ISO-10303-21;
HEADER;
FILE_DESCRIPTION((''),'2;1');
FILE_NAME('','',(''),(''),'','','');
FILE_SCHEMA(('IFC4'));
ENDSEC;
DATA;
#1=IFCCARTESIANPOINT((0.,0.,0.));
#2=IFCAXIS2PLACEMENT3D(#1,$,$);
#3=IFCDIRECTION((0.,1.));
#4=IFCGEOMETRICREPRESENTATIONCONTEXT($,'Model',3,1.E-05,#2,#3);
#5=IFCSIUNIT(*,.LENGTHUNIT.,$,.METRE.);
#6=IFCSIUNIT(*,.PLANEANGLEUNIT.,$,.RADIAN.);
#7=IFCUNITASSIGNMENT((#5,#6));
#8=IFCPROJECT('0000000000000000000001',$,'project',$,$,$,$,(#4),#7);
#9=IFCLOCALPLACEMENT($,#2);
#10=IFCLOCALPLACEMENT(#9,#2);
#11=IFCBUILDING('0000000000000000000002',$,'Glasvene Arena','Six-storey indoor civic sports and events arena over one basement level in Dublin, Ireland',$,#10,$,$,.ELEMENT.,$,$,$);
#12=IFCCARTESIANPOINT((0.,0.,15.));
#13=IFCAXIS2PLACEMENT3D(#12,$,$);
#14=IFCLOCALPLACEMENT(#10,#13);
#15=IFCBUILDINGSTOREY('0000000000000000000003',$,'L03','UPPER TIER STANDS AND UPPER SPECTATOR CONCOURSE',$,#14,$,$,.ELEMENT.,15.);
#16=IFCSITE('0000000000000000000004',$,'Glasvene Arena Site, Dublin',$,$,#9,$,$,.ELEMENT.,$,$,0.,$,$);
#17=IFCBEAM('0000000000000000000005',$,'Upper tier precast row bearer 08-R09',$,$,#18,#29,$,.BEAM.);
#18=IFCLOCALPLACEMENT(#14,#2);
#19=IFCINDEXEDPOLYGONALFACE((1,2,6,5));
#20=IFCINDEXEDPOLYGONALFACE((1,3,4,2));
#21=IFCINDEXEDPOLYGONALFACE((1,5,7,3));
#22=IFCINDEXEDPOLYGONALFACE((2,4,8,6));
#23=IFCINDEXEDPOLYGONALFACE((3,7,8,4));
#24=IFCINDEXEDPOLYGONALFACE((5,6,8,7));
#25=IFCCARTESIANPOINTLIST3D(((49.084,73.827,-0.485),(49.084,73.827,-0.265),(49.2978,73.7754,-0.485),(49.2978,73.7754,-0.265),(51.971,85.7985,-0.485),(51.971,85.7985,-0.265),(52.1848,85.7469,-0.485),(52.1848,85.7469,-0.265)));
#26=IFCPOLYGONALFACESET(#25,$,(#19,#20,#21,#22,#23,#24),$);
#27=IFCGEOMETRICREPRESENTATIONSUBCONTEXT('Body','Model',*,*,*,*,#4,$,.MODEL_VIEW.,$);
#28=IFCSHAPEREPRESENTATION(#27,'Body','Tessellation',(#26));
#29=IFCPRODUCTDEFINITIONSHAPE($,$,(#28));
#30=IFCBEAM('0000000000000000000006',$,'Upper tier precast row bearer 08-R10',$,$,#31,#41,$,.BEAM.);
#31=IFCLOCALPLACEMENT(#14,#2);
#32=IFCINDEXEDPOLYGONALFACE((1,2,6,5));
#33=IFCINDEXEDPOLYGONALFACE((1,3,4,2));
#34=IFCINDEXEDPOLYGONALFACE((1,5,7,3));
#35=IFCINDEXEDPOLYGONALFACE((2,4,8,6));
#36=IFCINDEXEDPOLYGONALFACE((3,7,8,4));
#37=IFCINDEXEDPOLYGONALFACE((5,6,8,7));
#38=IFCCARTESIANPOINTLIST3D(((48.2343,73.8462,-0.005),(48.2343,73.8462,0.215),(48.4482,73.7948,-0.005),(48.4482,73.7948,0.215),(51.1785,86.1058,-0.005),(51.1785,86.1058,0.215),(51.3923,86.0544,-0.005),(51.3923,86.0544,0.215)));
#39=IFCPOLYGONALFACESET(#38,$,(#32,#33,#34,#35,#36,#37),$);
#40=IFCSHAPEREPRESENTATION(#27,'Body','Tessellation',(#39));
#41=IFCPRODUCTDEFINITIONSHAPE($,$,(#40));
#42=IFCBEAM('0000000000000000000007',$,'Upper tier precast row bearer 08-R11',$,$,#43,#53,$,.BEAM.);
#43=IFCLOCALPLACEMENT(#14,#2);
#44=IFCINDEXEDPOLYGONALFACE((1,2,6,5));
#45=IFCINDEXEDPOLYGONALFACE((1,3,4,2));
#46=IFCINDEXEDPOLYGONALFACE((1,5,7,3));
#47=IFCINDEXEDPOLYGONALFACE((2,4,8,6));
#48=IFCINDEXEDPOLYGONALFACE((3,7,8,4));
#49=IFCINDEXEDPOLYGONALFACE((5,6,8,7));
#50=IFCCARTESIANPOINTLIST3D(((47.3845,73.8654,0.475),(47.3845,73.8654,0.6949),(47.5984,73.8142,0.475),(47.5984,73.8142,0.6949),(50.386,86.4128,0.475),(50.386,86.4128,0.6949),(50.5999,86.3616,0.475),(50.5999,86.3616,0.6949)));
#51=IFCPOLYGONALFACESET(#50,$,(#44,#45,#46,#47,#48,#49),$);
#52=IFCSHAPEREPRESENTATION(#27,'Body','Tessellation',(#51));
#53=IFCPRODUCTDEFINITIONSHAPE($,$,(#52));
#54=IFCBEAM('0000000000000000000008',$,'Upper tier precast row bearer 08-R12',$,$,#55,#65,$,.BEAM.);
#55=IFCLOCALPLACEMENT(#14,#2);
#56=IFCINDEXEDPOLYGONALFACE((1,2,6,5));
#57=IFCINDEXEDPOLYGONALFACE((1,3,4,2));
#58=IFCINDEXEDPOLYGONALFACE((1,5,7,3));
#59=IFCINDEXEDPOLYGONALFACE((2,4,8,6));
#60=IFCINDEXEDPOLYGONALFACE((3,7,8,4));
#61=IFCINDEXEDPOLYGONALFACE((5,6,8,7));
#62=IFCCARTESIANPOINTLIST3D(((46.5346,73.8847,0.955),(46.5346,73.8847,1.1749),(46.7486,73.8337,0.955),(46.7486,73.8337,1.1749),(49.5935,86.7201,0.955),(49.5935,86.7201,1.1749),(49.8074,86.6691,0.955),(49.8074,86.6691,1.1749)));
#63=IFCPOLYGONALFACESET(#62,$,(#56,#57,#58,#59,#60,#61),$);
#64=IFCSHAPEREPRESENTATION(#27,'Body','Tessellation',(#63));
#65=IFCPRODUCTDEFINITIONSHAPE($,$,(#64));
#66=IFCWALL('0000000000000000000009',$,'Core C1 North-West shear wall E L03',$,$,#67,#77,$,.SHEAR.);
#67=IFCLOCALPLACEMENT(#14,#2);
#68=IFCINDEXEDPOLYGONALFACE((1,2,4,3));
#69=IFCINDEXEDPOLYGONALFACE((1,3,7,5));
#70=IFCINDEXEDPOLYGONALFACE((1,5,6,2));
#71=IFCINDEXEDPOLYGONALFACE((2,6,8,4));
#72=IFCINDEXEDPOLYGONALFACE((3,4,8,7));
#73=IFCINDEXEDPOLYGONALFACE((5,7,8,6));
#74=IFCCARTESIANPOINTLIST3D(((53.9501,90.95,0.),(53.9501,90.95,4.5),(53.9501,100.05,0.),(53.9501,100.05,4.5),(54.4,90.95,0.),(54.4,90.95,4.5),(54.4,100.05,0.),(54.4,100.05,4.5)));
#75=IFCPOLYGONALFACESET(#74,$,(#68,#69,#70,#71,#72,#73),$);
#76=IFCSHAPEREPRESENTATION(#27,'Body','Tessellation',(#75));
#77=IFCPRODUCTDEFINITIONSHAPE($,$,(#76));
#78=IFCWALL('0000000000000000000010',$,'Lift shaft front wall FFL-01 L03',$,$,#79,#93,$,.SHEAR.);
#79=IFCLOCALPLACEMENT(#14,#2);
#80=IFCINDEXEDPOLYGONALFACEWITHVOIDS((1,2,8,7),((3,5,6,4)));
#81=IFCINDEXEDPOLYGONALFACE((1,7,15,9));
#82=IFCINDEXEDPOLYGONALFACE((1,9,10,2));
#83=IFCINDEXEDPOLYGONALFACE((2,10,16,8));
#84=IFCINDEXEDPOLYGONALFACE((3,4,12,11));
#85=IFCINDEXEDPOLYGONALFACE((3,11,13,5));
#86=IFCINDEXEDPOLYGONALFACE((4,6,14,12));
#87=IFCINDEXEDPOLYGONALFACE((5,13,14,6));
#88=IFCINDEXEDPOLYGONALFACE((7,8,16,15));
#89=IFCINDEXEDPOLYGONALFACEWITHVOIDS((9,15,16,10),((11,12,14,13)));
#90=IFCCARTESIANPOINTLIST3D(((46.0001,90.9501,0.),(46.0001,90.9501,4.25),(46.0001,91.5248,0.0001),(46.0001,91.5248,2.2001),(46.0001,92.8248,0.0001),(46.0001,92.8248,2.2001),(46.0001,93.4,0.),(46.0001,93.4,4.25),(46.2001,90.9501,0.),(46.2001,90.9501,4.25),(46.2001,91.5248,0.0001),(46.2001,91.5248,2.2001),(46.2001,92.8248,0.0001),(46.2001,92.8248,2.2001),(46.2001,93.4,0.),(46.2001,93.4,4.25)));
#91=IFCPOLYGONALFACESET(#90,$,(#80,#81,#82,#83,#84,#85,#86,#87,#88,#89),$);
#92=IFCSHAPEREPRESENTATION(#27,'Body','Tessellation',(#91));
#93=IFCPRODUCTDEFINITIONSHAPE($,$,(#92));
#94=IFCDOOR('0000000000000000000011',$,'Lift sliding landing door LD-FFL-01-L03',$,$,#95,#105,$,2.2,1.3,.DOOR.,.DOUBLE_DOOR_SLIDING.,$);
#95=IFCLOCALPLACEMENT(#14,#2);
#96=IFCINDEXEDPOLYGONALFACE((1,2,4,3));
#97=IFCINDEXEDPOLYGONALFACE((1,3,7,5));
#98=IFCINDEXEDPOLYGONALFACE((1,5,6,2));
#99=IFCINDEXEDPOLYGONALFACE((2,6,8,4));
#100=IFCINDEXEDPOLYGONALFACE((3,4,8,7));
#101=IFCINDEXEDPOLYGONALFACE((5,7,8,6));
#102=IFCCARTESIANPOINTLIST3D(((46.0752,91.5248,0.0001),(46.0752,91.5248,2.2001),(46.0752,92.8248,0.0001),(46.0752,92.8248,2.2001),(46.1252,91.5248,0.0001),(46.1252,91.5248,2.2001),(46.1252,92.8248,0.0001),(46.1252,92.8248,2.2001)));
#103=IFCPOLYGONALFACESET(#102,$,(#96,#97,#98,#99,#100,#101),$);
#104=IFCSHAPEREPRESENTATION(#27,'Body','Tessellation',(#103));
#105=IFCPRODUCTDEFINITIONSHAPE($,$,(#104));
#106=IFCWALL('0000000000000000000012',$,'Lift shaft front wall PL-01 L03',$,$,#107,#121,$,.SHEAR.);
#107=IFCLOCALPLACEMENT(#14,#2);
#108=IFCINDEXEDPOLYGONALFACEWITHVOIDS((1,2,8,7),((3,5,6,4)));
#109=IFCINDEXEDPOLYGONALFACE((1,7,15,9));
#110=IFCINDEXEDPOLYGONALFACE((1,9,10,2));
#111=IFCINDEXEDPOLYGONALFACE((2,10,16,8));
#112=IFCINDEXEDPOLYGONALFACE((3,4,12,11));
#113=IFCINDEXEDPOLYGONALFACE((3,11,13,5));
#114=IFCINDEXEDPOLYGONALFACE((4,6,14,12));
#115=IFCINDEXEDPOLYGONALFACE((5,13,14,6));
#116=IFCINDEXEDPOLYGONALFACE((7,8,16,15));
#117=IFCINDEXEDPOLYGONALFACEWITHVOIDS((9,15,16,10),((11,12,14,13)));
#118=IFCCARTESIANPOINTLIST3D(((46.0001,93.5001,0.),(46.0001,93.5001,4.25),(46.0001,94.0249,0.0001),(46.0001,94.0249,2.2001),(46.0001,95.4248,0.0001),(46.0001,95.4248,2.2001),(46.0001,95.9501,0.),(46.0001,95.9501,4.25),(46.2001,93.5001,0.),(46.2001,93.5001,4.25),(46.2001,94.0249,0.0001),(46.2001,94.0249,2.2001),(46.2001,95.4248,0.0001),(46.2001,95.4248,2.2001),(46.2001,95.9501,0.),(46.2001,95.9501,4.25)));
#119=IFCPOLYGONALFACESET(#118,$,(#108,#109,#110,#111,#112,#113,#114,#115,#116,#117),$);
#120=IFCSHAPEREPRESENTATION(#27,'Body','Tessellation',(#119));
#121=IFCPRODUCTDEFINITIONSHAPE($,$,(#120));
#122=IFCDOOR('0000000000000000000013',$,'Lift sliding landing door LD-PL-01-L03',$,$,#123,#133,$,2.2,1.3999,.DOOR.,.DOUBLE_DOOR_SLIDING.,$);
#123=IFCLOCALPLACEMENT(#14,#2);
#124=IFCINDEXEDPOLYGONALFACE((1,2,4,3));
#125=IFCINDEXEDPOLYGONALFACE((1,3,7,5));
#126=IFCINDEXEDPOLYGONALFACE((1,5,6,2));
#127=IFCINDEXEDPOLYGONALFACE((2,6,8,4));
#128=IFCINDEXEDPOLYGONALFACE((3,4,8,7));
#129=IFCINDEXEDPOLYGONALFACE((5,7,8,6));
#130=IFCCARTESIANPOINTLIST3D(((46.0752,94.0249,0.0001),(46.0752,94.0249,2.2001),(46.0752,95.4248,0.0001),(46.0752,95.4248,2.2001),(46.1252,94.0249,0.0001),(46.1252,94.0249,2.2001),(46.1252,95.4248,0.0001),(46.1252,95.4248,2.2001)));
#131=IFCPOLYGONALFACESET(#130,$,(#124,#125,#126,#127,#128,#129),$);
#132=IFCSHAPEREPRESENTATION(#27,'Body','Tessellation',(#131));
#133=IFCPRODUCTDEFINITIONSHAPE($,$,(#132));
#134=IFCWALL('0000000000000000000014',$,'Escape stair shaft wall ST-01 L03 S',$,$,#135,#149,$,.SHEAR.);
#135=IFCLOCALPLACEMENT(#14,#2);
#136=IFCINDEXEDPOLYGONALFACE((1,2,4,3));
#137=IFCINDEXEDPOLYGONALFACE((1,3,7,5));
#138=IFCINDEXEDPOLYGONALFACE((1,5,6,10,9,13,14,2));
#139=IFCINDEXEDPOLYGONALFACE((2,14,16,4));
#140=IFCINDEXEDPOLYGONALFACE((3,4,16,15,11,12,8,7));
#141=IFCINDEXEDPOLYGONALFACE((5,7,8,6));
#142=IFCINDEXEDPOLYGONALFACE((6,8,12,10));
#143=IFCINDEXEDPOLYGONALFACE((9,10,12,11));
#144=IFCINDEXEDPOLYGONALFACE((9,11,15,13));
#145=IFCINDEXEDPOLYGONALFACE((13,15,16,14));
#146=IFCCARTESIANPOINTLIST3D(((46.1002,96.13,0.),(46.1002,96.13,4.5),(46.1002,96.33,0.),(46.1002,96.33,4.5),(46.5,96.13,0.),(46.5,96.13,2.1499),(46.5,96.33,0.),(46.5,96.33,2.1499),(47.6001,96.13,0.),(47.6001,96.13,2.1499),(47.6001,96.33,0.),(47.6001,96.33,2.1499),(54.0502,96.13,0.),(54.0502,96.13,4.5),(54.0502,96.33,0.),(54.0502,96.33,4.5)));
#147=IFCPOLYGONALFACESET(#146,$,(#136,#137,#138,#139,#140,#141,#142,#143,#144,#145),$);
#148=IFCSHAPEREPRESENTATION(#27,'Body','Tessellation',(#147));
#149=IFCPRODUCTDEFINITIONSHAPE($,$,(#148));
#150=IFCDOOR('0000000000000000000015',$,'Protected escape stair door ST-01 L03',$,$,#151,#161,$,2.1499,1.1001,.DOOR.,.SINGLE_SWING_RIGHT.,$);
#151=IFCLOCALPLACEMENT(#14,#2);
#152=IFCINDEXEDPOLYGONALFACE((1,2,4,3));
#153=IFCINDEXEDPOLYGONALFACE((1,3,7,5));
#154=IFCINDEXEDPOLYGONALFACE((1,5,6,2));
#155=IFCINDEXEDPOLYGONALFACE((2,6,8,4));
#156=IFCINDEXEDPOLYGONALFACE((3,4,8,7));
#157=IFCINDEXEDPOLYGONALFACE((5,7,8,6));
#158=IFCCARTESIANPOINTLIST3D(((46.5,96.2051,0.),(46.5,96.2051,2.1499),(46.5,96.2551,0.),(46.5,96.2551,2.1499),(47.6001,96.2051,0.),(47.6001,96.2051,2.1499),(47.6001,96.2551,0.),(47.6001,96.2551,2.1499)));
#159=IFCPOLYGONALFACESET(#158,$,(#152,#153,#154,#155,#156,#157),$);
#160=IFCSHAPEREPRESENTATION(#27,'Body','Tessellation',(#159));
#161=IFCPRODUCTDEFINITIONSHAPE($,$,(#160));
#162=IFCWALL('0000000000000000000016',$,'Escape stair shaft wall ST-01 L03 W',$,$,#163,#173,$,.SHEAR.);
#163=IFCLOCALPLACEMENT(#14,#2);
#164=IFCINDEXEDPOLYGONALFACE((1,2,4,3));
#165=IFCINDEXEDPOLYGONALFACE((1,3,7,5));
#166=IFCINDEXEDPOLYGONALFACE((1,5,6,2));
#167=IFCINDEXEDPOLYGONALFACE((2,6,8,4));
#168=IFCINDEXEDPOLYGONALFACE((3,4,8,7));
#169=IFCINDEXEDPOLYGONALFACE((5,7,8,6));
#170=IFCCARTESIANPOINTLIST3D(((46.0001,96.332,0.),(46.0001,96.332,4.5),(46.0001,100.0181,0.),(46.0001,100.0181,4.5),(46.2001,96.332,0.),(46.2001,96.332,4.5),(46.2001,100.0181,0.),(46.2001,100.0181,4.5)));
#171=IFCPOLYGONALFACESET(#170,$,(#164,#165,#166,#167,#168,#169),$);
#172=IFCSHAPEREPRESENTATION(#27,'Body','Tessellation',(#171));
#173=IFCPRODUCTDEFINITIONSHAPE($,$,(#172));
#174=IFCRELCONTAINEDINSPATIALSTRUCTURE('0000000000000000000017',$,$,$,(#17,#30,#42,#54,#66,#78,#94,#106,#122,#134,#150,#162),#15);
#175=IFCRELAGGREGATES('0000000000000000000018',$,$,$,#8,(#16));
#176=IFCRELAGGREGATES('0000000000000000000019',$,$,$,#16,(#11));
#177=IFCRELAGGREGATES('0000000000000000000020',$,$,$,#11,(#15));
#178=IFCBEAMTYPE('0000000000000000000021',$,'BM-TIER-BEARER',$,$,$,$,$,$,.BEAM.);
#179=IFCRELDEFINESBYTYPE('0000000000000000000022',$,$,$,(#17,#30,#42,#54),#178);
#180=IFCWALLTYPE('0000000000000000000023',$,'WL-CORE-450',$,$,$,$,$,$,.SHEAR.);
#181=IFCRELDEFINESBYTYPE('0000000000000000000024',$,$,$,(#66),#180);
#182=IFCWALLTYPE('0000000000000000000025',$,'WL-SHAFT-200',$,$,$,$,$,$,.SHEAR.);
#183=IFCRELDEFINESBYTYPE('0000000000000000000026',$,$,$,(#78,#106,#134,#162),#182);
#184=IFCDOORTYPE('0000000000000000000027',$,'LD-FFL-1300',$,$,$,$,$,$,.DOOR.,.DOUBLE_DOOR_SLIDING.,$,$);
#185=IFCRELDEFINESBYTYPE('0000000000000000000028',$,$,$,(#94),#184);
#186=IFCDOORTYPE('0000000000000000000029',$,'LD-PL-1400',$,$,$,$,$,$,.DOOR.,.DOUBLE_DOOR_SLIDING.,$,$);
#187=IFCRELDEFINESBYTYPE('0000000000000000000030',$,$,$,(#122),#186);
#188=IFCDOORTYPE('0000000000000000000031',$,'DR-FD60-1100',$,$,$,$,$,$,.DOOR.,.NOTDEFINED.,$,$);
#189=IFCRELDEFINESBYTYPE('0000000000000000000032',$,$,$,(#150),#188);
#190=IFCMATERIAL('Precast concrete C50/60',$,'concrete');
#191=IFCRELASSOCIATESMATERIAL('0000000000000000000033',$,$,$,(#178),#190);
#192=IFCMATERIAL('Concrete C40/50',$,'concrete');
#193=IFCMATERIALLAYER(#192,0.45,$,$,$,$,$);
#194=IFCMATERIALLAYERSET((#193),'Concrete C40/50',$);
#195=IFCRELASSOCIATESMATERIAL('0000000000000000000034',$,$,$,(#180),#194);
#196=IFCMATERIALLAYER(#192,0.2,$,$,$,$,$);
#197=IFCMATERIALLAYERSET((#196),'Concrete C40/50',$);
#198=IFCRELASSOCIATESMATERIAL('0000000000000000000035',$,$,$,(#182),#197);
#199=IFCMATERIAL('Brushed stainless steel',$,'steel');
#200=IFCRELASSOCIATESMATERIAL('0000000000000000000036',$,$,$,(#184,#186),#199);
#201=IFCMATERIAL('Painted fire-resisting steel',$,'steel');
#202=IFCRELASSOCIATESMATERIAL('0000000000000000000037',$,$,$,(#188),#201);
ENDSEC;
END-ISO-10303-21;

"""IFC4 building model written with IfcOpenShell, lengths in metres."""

from ifc_helpers import new_model, si_unit, direction, frame, frame_2d, origin, origin_2d, place, context, subcontext, project, spatial, rectangle, extrude, material, layer, layer_set, material_profile, profile_set, type_object, element, fill, save


model = new_model("IFC4")

# Units and contexts
model_context = context("Model", 3, precision=1e-05, world=origin(), true_north=direction((0.0, 1.0)))
body_context = subcontext(model_context, "Body", "Model", "MODEL_VIEW")
ifc_project = project(units=[si_unit("LENGTHUNIT", "METRE"), si_unit("PLANEANGLEUNIT", "RADIAN")], contexts=[model_context])

# Site, building, storey
site_placement = place(None, origin())
site = spatial("IfcSite", under=ifc_project, at=site_placement, Name="Glasvene Arena Site, Dublin", CompositionType="ELEMENT", RefElevation=0.0)
building_placement = place(site_placement, origin())
building = spatial("IfcBuilding", under=site, at=building_placement, Name="Glasvene Arena", Description="Six-storey indoor civic sports and events arena over one basement level in Dublin, Ireland", CompositionType="ELEMENT")
storey_placement = place(building_placement, frame((0.0, 0.0, 15.0)))
storey = spatial("IfcBuildingStorey", under=building, at=storey_placement, Name="L03", Description="UPPER TIER STANDS AND UPPER SPECTATOR CONCOURSE", CompositionType="ELEMENT", Elevation=15.0)

# Beams
ifc_material_1 = material(Name="Precast concrete C50/60", Category="concrete")
ifc_material_profile_1 = material_profile(ifc_material_1, rectangle(XDim=0.22, YDim=0.22, at=origin_2d()), Name="RC 220x220")
ifc_profile_set_1 = profile_set([ifc_material_profile_1], Name="Precast concrete C50/60")
beam_type_1 = type_object("IfcBeamType", Name="BM-TIER-BEARER", PredefinedType="BEAM", material=ifc_profile_set_1)
beam_1_placement = place(storey_placement, frame((52.0779, 85.7727, -0.375), z_axis=(-0.234434, -0.972132, 0.0), x_axis=(0.972132, -0.234434, 0.0)))
element("IfcBeam", 1, at=beam_1_placement, inside=storey, type_object=beam_type_1, Name="Upper tier precast row bearer 08-R09", PredefinedType="BEAM", context=body_context, shape_type="SweptSolid", body=[
    extrude(rectangle(XDim=0.22, YDim=0.22, at=origin_2d()), origin(), (0.0, 0.0, 1.0), 12.3147),
])
beam_2_placement = place(storey_placement, frame((51.2854, 86.0801, 0.105), z_axis=(-0.233508, -0.972355, 0.0), x_axis=(0.972355, -0.233508, 0.0)))
element("IfcBeam", 2, at=beam_2_placement, inside=storey, type_object=beam_type_1, Name="Upper tier precast row bearer 08-R10", PredefinedType="BEAM", context=body_context, shape_type="SweptSolid", body=[
    extrude(rectangle(XDim=0.22, YDim=0.22, at=origin_2d()), origin(), (0.0, 0.0, 1.0), 12.6082),
])
beam_3_placement = place(storey_placement, frame((50.4929, 86.3872, 0.585), z_axis=(-0.232647, -0.972561, 0.0), x_axis=(0.972561, -0.232647, 0.0)))
element("IfcBeam", 3, at=beam_3_placement, inside=storey, type_object=beam_type_1, Name="Upper tier precast row bearer 08-R11", PredefinedType="BEAM", context=body_context, shape_type="SweptSolid", body=[
    extrude(rectangle(XDim=0.22, YDim=0.22, at=origin_2d()), origin(), (0.0, 0.0, 1.0), 12.9014),
])
beam_4_placement = place(storey_placement, frame((49.7004, 86.6946, 1.0649), z_axis=(-0.23182, -0.972759, 0.0), x_axis=(0.972759, -0.23182, 0.0)))
element("IfcBeam", 4, at=beam_4_placement, inside=storey, type_object=beam_type_1, Name="Upper tier precast row bearer 08-R12", PredefinedType="BEAM", context=body_context, shape_type="SweptSolid", body=[
    extrude(rectangle(XDim=0.22, YDim=0.22, at=origin_2d()), origin(), (0.0, 0.0, 1.0), 13.1948),
])

# Shared definitions
ifc_material_2 = material(Name="Concrete C40/50", Category="concrete")

# Wall
ifc_layer_1 = layer(ifc_material_2, 0.45)
ifc_layer_set_1 = layer_set([ifc_layer_1], Name="Concrete C40/50")
wall_type_1 = type_object("IfcWallType", Name="WL-CORE-450", PredefinedType="SHEAR", material=ifc_layer_set_1)
wall_1_placement = place(storey_placement, frame((54.175, 90.95, 0.0), z_axis=(0.0, 0.0, 1.0), x_axis=(0.0, 1.0, 0.0)))
element("IfcWall", 5, at=wall_1_placement, inside=storey, type_object=wall_type_1, Name="Core C1 North-West shear wall E L03", PredefinedType="SHEAR", context=body_context, shape_type="SweptSolid", body=[
    extrude(rectangle(XDim=9.1001, YDim=0.45, at=frame_2d((4.55, 0.0))), origin(), (0.0, 0.0, 1.0), 4.5),
])

# Walls, openings, doors
ifc_layer_2 = layer(ifc_material_2, 0.2)
ifc_layer_set_2 = layer_set([ifc_layer_2], Name="Concrete C40/50")
wall_type_2 = type_object("IfcWallType", Name="WL-SHAFT-200", PredefinedType="SHEAR", material=ifc_layer_set_2)
wall_2_placement = place(storey_placement, frame((46.1001, 90.95, 0.0), z_axis=(0.0, 0.0, 1.0), x_axis=(0.0, 1.0, 0.0)))
wall_2 = element("IfcWall", 6, at=wall_2_placement, inside=storey, type_object=wall_type_2, Name="Lift shaft front wall FFL-01 L03", PredefinedType="SHEAR", context=body_context, shape_type="SweptSolid", body=[
    extrude(rectangle(XDim=2.45, YDim=0.2, at=frame_2d((1.2251, 0.0))), origin(), (0.0, 0.0, 1.0), 4.25),
])
opening_1_placement = place(wall_2_placement, frame((0.575, 0.0, 0.0)))
opening_1 = element("IfcOpeningElement", 7, at=opening_1_placement, cuts=wall_2, PredefinedType="OPENING", context=body_context, shape_type="SweptSolid", body=[
    extrude(rectangle(XDim=1.3, YDim=2.2, at=frame_2d((0.6499, 1.1001))), frame((0.0, 0.1099, 0.0), z_axis=(0.0, -1.0, 0.0), x_axis=(1.0, 0.0, 0.0)), (0.0, 0.0, 1.0), 0.22),
])
ifc_material_3 = material(Name="Brushed stainless steel", Category="steel")
door_type_1 = type_object("IfcDoorType", Name="LD-FFL-1300", OperationType="DOUBLE_DOOR_SLIDING", PredefinedType="DOOR", material=ifc_material_3)
door_1_placement = place(opening_1_placement, origin())
door_1 = element("IfcDoor", 8, at=door_1_placement, inside=storey, type_object=door_type_1, Name="Lift sliding landing door LD-FFL-01-L03", OperationType="DOUBLE_DOOR_SLIDING", OverallHeight=2.2, OverallWidth=1.3, PredefinedType="DOOR", context=body_context, shape_type="SweptSolid", body=[
    extrude(rectangle(XDim=1.3, YDim=2.2, at=frame_2d((0.6499, 1.1001))), frame((0.0, 0.0249, 0.0), z_axis=(0.0, -1.0, 0.0), x_axis=(1.0, 0.0, 0.0)), (0.0, 0.0, 1.0), 0.05),
])
fill(opening_1, door_1)
wall_3_placement = place(storey_placement, frame((46.1001, 93.5, 0.0), z_axis=(0.0, 0.0, 1.0), x_axis=(0.0, 1.0, 0.0)))
wall_3 = element("IfcWall", 9, at=wall_3_placement, inside=storey, type_object=wall_type_2, Name="Lift shaft front wall PL-01 L03", PredefinedType="SHEAR", context=body_context, shape_type="SweptSolid", body=[
    extrude(rectangle(XDim=2.45, YDim=0.2, at=frame_2d((1.2251, 0.0))), origin(), (0.0, 0.0, 1.0), 4.25),
])
opening_2_placement = place(wall_3_placement, frame((0.5249, 0.0, 0.0)))
opening_2 = element("IfcOpeningElement", 10, at=opening_2_placement, cuts=wall_3, PredefinedType="OPENING", context=body_context, shape_type="SweptSolid", body=[
    extrude(rectangle(XDim=1.3999, YDim=2.2, at=frame_2d((0.7, 1.1001))), frame((0.0, 0.1099, 0.0), z_axis=(0.0, -1.0, 0.0), x_axis=(1.0, 0.0, 0.0)), (0.0, 0.0, 1.0), 0.22),
])
door_type_2 = type_object("IfcDoorType", Name="LD-PL-1400", OperationType="DOUBLE_DOOR_SLIDING", PredefinedType="DOOR", material=ifc_material_3)
door_2_placement = place(opening_2_placement, origin())
door_2 = element("IfcDoor", 11, at=door_2_placement, inside=storey, type_object=door_type_2, Name="Lift sliding landing door LD-PL-01-L03", OperationType="DOUBLE_DOOR_SLIDING", OverallHeight=2.2, OverallWidth=1.3999, PredefinedType="DOOR", context=body_context, shape_type="SweptSolid", body=[
    extrude(rectangle(XDim=1.3999, YDim=2.2, at=frame_2d((0.7, 1.1001))), frame((0.0, 0.0249, 0.0), z_axis=(0.0, -1.0, 0.0), x_axis=(1.0, 0.0, 0.0)), (0.0, 0.0, 1.0), 0.05),
])
fill(opening_2, door_2)
wall_4_placement = place(storey_placement, frame((46.1001, 96.23, 0.0), z_axis=(0.0, 0.0, 1.0), x_axis=(1.0, 0.0, 0.0)))
wall_4 = element("IfcWall", 12, at=wall_4_placement, inside=storey, type_object=wall_type_2, Name="Escape stair shaft wall ST-01 L03 S", PredefinedType="SHEAR", context=body_context, shape_type="SweptSolid", body=[
    extrude(rectangle(XDim=7.95, YDim=0.2, at=frame_2d((3.9751, 0.0))), origin(), (0.0, 0.0, 1.0), 4.5),
])
opening_3_placement = place(wall_4_placement, frame((0.3999, 0.0, 0.0)))
opening_3 = element("IfcOpeningElement", 13, at=opening_3_placement, cuts=wall_4, PredefinedType="OPENING", context=body_context, shape_type="SweptSolid", body=[
    extrude(rectangle(XDim=1.1001, YDim=2.1499, at=frame_2d((0.55, 1.075))), frame((0.0, 0.1099, 0.0), z_axis=(0.0, -1.0, 0.0), x_axis=(1.0, 0.0, 0.0)), (0.0, 0.0, 1.0), 0.22),
])
ifc_material_4 = material(Name="Painted fire-resisting steel", Category="steel")
door_type_3 = type_object("IfcDoorType", Name="DR-FD60-1100", OperationType="NOTDEFINED", PredefinedType="DOOR", material=ifc_material_4)
door_3_placement = place(opening_3_placement, frame((1.1001, 0.0, 0.0), z_axis=(0.0, 0.0, 1.0), x_axis=(-1.0, 0.0, 0.0)))
door_3 = element("IfcDoor", 14, at=door_3_placement, inside=storey, type_object=door_type_3, Name="Protected escape stair door ST-01 L03", OperationType="SINGLE_SWING_RIGHT", OverallHeight=2.1499, OverallWidth=1.1001, PredefinedType="DOOR", context=body_context, shape_type="SweptSolid", body=[
    extrude(rectangle(XDim=1.1001, YDim=2.1499, at=frame_2d((0.55, 1.075))), frame((0.0, 0.0249, 0.0), z_axis=(0.0, -1.0, 0.0), x_axis=(1.0, 0.0, 0.0)), (0.0, 0.0, 1.0), 0.05),
])
fill(opening_3, door_3)

# Wall
wall_5_placement = place(storey_placement, frame((46.1001, 96.332, 0.0), z_axis=(0.0, 0.0, 1.0), x_axis=(0.0, 1.0, 0.0)))
element("IfcWall", 15, at=wall_5_placement, inside=storey, type_object=wall_type_2, Name="Escape stair shaft wall ST-01 L03 W", PredefinedType="SHEAR", context=body_context, shape_type="SweptSolid", body=[
    extrude(rectangle(XDim=3.686, YDim=0.2, at=frame_2d((1.843, 0.0))), origin(), (0.0, 0.0, 1.0), 4.5),
])

save(model, "model.ifc")
